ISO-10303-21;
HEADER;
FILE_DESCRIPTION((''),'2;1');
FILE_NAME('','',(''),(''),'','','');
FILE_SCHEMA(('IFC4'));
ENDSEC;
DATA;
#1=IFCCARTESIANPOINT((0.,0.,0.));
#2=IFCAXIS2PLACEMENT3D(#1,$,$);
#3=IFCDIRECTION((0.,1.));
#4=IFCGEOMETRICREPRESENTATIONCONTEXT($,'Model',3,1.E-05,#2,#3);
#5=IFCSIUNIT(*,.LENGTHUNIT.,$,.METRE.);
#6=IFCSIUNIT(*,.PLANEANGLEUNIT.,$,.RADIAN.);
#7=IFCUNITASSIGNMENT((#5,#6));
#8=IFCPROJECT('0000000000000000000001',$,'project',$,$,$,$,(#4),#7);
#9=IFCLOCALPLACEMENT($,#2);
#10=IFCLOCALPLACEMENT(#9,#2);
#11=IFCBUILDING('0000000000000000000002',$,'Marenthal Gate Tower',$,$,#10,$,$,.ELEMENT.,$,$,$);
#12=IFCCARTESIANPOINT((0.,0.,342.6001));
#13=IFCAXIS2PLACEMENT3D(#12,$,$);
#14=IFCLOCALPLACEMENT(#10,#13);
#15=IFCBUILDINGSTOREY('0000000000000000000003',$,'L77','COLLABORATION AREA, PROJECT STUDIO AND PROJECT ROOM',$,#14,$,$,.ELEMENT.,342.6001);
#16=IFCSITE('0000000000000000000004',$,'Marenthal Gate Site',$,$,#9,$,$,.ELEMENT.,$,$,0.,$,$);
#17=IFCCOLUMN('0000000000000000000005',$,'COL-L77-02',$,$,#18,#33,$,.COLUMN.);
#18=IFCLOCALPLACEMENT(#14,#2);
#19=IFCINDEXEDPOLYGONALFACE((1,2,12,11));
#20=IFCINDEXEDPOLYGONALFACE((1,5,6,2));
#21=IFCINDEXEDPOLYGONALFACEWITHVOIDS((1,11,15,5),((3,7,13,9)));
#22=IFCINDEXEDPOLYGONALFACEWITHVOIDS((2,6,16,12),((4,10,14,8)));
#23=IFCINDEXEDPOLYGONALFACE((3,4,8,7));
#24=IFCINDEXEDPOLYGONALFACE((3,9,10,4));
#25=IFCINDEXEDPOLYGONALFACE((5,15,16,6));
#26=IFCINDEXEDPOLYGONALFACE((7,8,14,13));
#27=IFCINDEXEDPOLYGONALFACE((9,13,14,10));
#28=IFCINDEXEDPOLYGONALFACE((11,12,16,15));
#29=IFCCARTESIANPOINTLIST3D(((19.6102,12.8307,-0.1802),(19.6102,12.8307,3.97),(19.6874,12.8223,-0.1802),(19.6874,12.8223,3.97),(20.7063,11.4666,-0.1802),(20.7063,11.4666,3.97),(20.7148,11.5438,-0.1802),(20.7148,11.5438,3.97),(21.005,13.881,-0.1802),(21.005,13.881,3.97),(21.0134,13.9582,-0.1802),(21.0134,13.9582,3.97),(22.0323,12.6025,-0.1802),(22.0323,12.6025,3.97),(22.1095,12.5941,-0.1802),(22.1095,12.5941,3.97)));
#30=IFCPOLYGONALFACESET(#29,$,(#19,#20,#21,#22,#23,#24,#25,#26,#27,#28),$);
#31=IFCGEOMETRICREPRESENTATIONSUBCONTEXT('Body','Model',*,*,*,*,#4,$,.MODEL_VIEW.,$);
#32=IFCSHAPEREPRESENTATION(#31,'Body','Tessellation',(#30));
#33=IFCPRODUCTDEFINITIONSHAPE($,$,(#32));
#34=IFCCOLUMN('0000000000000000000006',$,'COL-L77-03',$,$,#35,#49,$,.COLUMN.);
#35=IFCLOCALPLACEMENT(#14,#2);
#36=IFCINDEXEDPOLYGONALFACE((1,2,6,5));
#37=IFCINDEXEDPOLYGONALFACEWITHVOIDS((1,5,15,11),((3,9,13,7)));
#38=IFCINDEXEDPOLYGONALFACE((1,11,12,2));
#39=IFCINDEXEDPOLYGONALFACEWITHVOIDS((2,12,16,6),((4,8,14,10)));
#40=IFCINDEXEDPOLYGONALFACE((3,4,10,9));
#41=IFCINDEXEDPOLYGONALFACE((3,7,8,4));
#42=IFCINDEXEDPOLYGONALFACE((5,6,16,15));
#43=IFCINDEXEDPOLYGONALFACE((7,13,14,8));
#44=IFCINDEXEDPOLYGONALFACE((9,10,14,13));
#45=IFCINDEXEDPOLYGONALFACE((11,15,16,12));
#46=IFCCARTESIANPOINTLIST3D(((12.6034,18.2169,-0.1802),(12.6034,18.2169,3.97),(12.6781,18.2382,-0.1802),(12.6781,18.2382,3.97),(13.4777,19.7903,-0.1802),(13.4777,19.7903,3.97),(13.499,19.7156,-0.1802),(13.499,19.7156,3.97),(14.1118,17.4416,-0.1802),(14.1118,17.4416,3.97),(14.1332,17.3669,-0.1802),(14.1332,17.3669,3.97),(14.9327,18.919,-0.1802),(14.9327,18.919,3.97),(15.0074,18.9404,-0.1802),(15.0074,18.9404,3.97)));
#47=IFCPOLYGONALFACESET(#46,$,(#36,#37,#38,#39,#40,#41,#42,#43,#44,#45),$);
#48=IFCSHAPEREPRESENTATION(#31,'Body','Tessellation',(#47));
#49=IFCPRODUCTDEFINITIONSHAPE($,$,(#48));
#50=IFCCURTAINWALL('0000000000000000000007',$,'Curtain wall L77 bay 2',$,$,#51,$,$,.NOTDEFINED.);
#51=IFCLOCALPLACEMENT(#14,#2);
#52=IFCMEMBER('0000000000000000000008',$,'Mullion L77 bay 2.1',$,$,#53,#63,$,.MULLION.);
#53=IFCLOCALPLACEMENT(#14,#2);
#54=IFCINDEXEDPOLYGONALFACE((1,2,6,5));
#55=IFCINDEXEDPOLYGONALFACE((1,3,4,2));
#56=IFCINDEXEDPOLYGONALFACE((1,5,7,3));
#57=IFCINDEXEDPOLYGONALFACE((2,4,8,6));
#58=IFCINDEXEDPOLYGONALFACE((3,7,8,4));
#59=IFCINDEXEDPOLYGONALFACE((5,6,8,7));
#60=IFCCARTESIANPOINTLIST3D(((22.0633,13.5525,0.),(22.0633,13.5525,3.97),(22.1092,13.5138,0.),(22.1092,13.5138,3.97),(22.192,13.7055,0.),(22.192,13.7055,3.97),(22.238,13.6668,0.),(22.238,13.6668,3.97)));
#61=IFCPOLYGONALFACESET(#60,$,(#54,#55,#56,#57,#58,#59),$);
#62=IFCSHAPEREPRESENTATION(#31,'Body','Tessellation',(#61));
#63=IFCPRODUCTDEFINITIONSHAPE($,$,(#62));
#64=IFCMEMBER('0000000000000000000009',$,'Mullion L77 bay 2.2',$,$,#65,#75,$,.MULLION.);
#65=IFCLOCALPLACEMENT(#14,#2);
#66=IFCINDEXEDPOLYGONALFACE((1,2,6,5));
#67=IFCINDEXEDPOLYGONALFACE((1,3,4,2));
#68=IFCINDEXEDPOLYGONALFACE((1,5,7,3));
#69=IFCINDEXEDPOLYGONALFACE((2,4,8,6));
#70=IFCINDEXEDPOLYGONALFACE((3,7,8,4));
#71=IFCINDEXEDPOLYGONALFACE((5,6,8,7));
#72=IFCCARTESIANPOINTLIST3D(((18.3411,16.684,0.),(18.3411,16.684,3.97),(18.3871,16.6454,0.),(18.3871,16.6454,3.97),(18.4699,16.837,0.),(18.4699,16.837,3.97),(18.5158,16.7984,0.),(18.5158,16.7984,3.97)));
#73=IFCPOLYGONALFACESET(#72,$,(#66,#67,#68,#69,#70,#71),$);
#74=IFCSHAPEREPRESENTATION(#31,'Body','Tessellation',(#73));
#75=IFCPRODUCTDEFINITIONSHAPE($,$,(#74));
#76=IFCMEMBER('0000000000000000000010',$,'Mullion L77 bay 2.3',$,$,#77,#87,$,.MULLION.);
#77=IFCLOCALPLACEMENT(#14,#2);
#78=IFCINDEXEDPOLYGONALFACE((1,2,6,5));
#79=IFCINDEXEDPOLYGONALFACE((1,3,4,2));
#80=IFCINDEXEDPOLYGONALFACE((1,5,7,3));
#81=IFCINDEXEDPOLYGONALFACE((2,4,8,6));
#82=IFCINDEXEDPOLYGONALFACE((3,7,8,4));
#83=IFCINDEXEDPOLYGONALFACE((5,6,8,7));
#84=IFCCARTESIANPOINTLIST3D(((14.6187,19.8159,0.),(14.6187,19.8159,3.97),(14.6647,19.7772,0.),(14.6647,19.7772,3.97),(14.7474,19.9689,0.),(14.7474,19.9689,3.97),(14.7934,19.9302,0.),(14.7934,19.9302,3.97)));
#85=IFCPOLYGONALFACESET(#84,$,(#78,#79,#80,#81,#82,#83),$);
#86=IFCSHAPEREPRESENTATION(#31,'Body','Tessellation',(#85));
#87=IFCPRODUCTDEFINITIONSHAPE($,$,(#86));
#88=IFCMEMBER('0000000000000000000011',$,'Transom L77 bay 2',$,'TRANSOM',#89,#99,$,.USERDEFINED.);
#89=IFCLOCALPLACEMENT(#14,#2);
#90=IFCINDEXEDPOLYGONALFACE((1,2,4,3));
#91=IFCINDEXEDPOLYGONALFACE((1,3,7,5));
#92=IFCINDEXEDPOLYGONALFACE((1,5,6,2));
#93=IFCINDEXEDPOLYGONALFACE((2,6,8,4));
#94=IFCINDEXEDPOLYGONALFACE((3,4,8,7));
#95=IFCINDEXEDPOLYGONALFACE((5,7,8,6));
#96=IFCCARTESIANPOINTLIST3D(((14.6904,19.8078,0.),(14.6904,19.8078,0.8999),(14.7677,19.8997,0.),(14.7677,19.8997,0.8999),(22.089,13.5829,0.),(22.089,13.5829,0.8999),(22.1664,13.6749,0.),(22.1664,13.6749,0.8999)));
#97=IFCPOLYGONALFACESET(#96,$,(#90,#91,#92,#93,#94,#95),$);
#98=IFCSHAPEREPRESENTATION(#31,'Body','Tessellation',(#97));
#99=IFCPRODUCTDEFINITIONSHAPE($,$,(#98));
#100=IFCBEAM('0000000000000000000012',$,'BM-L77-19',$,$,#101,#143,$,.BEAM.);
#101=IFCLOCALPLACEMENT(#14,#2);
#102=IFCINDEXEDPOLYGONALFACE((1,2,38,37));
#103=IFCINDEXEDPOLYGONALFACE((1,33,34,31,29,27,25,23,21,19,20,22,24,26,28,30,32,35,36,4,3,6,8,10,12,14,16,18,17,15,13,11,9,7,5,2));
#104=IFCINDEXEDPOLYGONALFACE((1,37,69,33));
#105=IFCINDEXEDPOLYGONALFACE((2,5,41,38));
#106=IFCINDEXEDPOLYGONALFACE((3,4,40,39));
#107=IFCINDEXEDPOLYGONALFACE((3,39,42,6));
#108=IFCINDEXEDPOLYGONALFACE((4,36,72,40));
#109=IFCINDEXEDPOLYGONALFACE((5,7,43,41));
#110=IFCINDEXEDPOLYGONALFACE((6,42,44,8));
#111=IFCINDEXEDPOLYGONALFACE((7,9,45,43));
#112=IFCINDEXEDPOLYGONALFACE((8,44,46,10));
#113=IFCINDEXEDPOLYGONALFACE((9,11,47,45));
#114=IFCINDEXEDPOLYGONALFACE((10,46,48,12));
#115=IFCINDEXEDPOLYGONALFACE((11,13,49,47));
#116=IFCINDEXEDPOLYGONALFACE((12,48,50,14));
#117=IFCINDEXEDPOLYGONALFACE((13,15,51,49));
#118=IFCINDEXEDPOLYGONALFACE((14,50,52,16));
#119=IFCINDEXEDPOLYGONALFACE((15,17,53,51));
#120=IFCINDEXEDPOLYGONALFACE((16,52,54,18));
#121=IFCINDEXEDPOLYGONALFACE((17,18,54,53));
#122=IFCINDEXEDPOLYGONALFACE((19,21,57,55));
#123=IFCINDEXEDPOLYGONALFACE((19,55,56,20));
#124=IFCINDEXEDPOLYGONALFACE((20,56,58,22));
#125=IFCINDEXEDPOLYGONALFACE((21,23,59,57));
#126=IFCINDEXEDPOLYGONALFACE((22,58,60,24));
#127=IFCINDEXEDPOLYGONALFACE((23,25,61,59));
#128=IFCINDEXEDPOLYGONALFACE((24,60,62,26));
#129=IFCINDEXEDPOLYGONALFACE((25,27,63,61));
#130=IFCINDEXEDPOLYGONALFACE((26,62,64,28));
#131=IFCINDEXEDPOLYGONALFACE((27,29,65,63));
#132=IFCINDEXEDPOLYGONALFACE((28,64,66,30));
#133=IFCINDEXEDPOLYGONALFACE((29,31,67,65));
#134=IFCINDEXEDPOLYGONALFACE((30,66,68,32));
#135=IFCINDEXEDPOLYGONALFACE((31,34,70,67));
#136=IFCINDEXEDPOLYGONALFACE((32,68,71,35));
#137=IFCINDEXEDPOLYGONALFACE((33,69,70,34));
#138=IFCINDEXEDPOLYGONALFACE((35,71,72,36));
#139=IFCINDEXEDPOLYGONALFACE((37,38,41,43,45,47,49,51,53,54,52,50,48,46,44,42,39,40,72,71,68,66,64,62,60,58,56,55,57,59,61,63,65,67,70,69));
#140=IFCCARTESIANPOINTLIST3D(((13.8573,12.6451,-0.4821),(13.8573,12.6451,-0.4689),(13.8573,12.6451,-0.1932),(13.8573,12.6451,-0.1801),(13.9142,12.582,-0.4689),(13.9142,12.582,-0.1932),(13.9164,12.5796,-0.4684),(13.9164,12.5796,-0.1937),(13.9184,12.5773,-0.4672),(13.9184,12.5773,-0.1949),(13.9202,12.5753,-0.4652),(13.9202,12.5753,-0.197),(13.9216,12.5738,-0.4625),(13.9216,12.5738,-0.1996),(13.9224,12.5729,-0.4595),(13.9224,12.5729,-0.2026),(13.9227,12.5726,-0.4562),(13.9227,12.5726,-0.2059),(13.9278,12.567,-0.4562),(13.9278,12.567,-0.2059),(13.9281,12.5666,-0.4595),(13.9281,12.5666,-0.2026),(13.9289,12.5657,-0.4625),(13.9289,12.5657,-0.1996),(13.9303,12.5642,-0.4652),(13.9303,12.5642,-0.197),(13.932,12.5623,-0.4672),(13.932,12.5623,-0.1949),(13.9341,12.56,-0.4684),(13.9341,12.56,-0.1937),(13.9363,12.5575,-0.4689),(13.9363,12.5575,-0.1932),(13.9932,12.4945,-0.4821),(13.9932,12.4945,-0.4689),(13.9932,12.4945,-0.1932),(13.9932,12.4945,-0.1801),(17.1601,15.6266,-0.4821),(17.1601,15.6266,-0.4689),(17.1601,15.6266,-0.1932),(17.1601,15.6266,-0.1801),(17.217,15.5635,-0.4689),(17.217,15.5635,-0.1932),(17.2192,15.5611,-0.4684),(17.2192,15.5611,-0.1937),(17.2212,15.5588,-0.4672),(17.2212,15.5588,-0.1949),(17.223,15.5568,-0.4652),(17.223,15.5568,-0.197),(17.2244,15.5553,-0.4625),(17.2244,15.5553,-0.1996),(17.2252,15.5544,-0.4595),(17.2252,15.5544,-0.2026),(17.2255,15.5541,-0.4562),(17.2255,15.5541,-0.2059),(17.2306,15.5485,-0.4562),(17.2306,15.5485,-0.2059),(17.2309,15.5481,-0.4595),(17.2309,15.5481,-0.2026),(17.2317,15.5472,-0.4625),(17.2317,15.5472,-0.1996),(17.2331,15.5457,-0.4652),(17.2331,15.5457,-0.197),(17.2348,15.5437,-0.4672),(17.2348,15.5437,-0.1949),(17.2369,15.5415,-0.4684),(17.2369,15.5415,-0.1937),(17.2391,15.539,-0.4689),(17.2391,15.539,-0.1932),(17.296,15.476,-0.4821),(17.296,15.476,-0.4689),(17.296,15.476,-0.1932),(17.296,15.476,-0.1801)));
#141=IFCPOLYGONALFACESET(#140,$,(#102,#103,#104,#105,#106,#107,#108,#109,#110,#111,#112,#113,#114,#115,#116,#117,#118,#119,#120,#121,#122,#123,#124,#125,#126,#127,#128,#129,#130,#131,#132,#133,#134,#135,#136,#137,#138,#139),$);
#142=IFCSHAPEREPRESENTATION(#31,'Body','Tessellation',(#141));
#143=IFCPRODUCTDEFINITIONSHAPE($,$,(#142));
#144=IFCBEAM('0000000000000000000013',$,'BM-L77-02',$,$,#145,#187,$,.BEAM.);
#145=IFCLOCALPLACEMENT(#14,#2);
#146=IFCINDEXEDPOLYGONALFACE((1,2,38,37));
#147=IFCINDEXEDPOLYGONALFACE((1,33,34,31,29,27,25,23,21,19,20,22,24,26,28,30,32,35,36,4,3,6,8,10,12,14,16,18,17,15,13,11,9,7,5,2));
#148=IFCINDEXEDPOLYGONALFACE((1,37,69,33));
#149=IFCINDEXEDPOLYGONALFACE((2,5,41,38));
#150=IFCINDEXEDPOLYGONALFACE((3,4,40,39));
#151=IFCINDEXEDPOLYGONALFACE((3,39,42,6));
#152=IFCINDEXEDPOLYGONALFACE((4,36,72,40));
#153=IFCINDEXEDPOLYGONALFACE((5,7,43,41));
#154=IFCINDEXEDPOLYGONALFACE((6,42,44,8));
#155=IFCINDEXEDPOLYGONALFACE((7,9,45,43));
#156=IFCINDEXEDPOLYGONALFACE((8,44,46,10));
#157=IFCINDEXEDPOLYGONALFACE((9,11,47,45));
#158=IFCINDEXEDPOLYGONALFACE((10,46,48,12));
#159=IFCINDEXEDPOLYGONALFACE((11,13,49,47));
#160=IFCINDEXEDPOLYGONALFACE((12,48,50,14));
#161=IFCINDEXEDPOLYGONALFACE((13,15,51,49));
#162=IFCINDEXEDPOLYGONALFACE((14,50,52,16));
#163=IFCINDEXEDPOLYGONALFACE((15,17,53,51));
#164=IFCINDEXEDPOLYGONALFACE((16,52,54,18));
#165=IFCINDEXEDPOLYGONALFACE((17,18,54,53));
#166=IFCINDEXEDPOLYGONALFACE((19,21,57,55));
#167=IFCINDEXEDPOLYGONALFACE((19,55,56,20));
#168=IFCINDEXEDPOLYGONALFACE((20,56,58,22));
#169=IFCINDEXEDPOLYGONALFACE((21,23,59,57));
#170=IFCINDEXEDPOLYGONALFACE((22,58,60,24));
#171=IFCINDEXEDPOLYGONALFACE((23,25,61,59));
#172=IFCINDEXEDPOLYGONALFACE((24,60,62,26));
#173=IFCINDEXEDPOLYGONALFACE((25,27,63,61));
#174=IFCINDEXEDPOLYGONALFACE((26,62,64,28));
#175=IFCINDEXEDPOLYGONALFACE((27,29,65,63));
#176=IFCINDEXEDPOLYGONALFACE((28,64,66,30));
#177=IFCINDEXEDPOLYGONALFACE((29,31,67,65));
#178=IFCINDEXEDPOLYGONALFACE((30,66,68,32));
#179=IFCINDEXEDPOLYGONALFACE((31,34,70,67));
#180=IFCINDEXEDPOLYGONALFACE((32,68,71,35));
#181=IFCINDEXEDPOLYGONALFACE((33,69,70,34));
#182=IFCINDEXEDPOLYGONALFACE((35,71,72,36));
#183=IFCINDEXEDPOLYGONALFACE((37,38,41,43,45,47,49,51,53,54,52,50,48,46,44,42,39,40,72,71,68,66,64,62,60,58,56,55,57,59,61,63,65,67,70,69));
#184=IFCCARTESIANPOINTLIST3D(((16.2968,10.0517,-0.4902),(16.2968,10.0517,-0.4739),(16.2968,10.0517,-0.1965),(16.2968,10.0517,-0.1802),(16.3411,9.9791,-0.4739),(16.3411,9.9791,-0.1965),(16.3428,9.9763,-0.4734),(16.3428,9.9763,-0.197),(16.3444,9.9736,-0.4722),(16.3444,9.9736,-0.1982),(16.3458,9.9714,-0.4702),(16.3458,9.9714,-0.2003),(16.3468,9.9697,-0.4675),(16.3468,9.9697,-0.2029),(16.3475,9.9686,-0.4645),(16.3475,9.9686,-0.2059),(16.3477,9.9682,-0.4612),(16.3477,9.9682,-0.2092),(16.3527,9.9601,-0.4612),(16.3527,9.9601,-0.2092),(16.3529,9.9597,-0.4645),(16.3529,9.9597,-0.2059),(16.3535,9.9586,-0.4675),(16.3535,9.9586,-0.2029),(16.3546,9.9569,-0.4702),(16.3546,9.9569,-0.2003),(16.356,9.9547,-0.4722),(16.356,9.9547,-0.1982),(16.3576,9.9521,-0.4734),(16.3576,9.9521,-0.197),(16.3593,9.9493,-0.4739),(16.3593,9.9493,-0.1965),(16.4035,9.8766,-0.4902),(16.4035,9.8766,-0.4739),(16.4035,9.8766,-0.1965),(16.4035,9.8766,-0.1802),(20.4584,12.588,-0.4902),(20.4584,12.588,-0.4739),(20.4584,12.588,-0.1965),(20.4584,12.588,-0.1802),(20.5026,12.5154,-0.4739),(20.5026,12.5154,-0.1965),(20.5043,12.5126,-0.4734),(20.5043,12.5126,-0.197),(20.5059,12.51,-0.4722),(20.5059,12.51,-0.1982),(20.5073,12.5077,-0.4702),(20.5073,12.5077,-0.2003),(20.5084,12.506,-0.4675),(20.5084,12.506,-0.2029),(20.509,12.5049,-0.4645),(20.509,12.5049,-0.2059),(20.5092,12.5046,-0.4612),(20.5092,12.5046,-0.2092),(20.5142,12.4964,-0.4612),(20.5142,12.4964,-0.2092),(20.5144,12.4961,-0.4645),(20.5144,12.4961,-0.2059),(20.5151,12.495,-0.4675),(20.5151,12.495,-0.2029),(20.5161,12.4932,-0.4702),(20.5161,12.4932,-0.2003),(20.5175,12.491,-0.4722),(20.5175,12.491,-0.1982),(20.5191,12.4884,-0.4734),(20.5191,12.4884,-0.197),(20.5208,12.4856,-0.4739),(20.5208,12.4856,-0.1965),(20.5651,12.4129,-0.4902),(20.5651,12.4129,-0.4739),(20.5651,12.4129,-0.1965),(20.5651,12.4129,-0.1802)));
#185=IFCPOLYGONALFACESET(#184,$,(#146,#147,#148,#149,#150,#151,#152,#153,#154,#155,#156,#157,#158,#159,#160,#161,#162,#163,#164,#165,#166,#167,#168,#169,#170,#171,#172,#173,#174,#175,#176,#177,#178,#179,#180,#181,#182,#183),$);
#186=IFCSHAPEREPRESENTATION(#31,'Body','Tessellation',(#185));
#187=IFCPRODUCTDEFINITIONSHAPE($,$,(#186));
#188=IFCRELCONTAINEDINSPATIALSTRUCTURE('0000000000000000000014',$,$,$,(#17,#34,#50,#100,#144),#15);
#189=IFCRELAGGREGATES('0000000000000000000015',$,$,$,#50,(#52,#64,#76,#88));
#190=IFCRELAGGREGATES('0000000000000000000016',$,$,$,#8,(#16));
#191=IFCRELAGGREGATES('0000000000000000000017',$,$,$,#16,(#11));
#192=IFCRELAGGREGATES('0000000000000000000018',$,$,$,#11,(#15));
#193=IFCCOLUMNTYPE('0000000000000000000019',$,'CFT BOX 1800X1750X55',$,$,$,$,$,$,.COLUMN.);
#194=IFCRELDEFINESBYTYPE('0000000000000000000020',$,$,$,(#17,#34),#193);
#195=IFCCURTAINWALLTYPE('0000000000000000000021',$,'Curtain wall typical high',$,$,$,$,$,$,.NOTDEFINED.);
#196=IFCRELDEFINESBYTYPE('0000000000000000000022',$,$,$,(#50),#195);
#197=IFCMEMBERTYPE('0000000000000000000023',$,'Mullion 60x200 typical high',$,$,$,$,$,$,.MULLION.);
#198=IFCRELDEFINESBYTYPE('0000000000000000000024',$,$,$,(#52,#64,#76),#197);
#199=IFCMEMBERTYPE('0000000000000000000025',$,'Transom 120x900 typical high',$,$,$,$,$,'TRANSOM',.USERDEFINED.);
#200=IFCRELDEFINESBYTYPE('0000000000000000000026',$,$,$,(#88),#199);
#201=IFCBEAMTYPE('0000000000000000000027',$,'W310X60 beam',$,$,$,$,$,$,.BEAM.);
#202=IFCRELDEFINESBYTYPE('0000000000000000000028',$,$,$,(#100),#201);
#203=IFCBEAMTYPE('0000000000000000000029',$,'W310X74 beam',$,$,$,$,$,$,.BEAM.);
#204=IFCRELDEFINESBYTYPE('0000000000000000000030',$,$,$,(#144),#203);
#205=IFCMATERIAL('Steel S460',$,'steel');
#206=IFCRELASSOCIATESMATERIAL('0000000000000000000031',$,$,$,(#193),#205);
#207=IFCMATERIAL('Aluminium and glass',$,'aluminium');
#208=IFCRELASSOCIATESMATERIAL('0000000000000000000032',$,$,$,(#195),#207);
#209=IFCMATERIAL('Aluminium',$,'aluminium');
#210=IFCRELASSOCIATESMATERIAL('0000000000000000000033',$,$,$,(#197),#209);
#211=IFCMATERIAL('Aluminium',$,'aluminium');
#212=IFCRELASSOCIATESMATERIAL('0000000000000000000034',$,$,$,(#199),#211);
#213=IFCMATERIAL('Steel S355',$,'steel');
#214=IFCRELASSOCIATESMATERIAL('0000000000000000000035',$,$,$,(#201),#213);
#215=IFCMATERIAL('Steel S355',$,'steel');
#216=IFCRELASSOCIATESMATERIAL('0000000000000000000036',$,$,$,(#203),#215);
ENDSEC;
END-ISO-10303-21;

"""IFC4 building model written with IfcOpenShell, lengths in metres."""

from ifc_helpers import new_model, si_unit, direction, frame, origin, origin_2d, place, context, subcontext, project, spatial, rectangle, hollow_rectangle, i_section, extrude, material, material_profile, profile_set, type_object, element, aggregate, save


model = new_model("IFC4")

# Units and contexts
model_context = context("Model", 3, precision=1e-05, world=origin(), true_north=direction((0.0, 1.0)))
body_context = subcontext(model_context, "Body", "Model", "MODEL_VIEW")
ifc_project = project(units=[si_unit("LENGTHUNIT", "METRE"), si_unit("PLANEANGLEUNIT", "RADIAN")], contexts=[model_context])

# Site, building, storey
site_placement = place(None, origin())
site = spatial("IfcSite", under=ifc_project, at=site_placement, Name="Marenthal Gate Site", CompositionType="ELEMENT", RefElevation=0.0)
building_placement = place(site_placement, origin())
building = spatial("IfcBuilding", under=site, at=building_placement, Name="Marenthal Gate Tower", CompositionType="ELEMENT")
storey_placement = place(building_placement, frame((0.0, 0.0, 342.6001)))
storey = spatial("IfcBuildingStorey", under=building, at=storey_placement, Name="L77", Description="COLLABORATION AREA, PROJECT STUDIO AND PROJECT ROOM", CompositionType="ELEMENT", Elevation=342.6001)

# Columns
ifc_material_1 = material(Name="Steel S460", Category="steel")
ifc_material_profile_1 = material_profile(ifc_material_1, hollow_rectangle(XDim=1.75, YDim=1.8, WallThickness=0.0549, at=origin_2d()), Name="CFT BOX 1800X1750X55")
ifc_material_2 = material(Name="Concrete 70 MPa", Category="concrete")
ifc_material_profile_2 = material_profile(ifc_material_2, rectangle(XDim=1.6399, YDim=1.6899, at=origin_2d()), Name="CFT BOX 1800X1750X55 INFILL")
ifc_profile_set_1 = profile_set([ifc_material_profile_1, ifc_material_profile_2], Name="Steel S460 shell, Concrete 70 MPa infill")
column_type = type_object("IfcColumnType", Name="CFT BOX 1800X1750X55", PredefinedType="COLUMN", material=ifc_profile_set_1)
for number, where, z_axis, x_axis, name in (
    (1, (20.8599, 12.7124, -0.1802), (0.0, 0.0, 1.0), (0.626371, -0.779525, 0.0), "COL-L77-02"),
    (2, (13.8054, 18.5786, -0.1802), (0.0, 0.0, 1.0), (0.874131, -0.48569, 0.0), "COL-L77-03"),
):
    element("IfcColumn", number, at=place(storey_placement, frame(where, z_axis=z_axis, x_axis=x_axis)), inside=storey, type_object=column_type, Name=name, PredefinedType="COLUMN", context=body_context, shape_type="SweptSolid", body=[
        extrude(hollow_rectangle(XDim=1.75, YDim=1.8, WallThickness=0.0549, at=origin_2d()), origin(), (0.0, 0.0, 1.0), 4.1501),
    ])

# Curtain wall, members
ifc_material_3 = material(Name="Aluminium and glass", Category="aluminium")
curtain_wall_type = type_object("IfcCurtainWallType", Name="Curtain wall typical high", PredefinedType="NOTDEFINED", material=ifc_material_3)
curtain_wall_placement = place(storey_placement, origin())
curtain_wall = element("IfcCurtainWall", 3, at=curtain_wall_placement, inside=storey, type_object=curtain_wall_type, Name="Curtain wall L77 bay 2", PredefinedType="NOTDEFINED")
ifc_material_4 = material(Name="Aluminium", Category="aluminium")
ifc_material_profile_3 = material_profile(ifc_material_4, rectangle(XDim=0.2, YDim=0.0601, at=origin_2d()), Name="60x200 aluminium mullion")
ifc_profile_set_2 = profile_set([ifc_material_profile_3], Name="Aluminium")
member_type_1 = type_object("IfcMemberType", Name="Mullion 60x200 typical high", PredefinedType="MULLION", material=ifc_profile_set_2)
member_1_placement = place(storey_placement, frame((22.1506, 13.6096, 0.0), z_axis=(0.0, 0.0, 1.0), x_axis=(-0.643801, -0.765193, 0.0)))
member_1 = element("IfcMember", 4, at=member_1_placement, type_object=member_type_1, Name="Mullion L77 bay 2.1", PredefinedType="MULLION", context=body_context, shape_type="SweptSolid", body=[
    extrude(rectangle(XDim=0.2, YDim=0.0601, at=origin_2d()), origin(), (0.0, 0.0, 1.0), 3.97),
])
member_2_placement = place(storey_placement, frame((18.4285, 16.7412, 0.0), z_axis=(0.0, 0.0, 1.0), x_axis=(-0.643801, -0.765193, 0.0)))
member_2 = element("IfcMember", 5, at=member_2_placement, type_object=member_type_1, Name="Mullion L77 bay 2.2", PredefinedType="MULLION", context=body_context, shape_type="SweptSolid", body=[
    extrude(rectangle(XDim=0.2, YDim=0.0601, at=origin_2d()), origin(), (0.0, 0.0, 1.0), 3.97),
])
member_3_placement = place(storey_placement, frame((14.7061, 19.873, 0.0), z_axis=(0.0, 0.0, 1.0), x_axis=(-0.643801, -0.765193, 0.0)))
member_3 = element("IfcMember", 6, at=member_3_placement, type_object=member_type_1, Name="Mullion L77 bay 2.3", PredefinedType="MULLION", context=body_context, shape_type="SweptSolid", body=[
    extrude(rectangle(XDim=0.2, YDim=0.0601, at=origin_2d()), origin(), (0.0, 0.0, 1.0), 3.97),
])
ifc_material_5 = material(Name="Aluminium", Category="aluminium")
ifc_material_profile_4 = material_profile(ifc_material_5, rectangle(XDim=0.1201, YDim=0.8999, at=origin_2d()), Name="120x900 aluminium transom")
ifc_profile_set_3 = profile_set([ifc_material_profile_4], Name="Aluminium")
member_type_2 = type_object("IfcMemberType", Name="Transom 120x900 typical high", ElementType="TRANSOM", PredefinedType="USERDEFINED", material=ifc_profile_set_3)
member_4_placement = place(storey_placement, frame((22.1277, 13.6289, 0.45), z_axis=(-0.765197, 0.643796, 0.0), x_axis=(-0.643796, -0.765197, 0.0)))
member_4 = element("IfcMember", 7, at=member_4_placement, type_object=member_type_2, Name="Transom L77 bay 2", ObjectType="TRANSOM", PredefinedType="USERDEFINED", context=body_context, shape_type="SweptSolid", body=[
    extrude(rectangle(XDim=0.1201, YDim=0.8999, at=origin_2d()), origin(), (0.0, 0.0, 1.0), 9.6689),
])

# Beams
ifc_material_6 = material(Name="Steel S355", Category="steel")
ifc_material_profile_5 = material_profile(ifc_material_6, i_section(OverallWidth=0.2029, OverallDepth=0.302, WebThickness=0.0076, FlangeThickness=0.0132, FilletRadius=0.0127, at=origin_2d()), Name="W310X60")
ifc_profile_set_4 = profile_set([ifc_material_profile_5], Name="Steel S355")
beam_type_1 = type_object("IfcBeamType", Name="W310X60 beam", PredefinedType="BEAM", material=ifc_profile_set_4)
beam_1_placement = place(storey_placement, frame((17.228, 15.5513, -0.3311), z_axis=(-0.742289, -0.67008, 0.0), x_axis=(0.67008, -0.742289, 0.0)))
element("IfcBeam", 8, at=beam_1_placement, inside=storey, type_object=beam_type_1, Name="BM-L77-19", PredefinedType="BEAM", context=body_context, shape_type="SweptSolid", body=[
    extrude(i_section(OverallWidth=0.2029, OverallDepth=0.302, WebThickness=0.0076, FlangeThickness=0.0132, FilletRadius=0.0127, at=origin_2d()), origin(), (0.0, 0.0, 1.0), 4.4495),
])
ifc_material_7 = material(Name="Steel S355", Category="steel")
ifc_material_profile_6 = material_profile(ifc_material_7, i_section(OverallWidth=0.2051, OverallDepth=0.3101, WebThickness=0.0095, FlangeThickness=0.0164, FilletRadius=0.0127, at=origin_2d()), Name="W310X74")
ifc_profile_set_5 = profile_set([ifc_material_profile_6], Name="Steel S355")
beam_type_2 = type_object("IfcBeamType", Name="W310X74 beam", PredefinedType="BEAM", material=ifc_profile_set_5)
beam_2_placement = place(storey_placement, frame((20.5117, 12.5005, -0.3352), z_axis=(-0.853905, -0.520428, 0.0), x_axis=(0.520428, -0.853905, 0.0)))
element("IfcBeam", 9, at=beam_2_placement, inside=storey, type_object=beam_type_2, Name="BM-L77-02", PredefinedType="BEAM", context=body_context, shape_type="SweptSolid", body=[
    extrude(i_section(OverallWidth=0.2051, OverallDepth=0.3101, WebThickness=0.0095, FlangeThickness=0.0164, FilletRadius=0.0127, at=origin_2d()), origin(), (0.0, 0.0, 1.0), 4.8735),
])

aggregate(curtain_wall, [member_1, member_2, member_3, member_4])

save(model, "model.ifc")
